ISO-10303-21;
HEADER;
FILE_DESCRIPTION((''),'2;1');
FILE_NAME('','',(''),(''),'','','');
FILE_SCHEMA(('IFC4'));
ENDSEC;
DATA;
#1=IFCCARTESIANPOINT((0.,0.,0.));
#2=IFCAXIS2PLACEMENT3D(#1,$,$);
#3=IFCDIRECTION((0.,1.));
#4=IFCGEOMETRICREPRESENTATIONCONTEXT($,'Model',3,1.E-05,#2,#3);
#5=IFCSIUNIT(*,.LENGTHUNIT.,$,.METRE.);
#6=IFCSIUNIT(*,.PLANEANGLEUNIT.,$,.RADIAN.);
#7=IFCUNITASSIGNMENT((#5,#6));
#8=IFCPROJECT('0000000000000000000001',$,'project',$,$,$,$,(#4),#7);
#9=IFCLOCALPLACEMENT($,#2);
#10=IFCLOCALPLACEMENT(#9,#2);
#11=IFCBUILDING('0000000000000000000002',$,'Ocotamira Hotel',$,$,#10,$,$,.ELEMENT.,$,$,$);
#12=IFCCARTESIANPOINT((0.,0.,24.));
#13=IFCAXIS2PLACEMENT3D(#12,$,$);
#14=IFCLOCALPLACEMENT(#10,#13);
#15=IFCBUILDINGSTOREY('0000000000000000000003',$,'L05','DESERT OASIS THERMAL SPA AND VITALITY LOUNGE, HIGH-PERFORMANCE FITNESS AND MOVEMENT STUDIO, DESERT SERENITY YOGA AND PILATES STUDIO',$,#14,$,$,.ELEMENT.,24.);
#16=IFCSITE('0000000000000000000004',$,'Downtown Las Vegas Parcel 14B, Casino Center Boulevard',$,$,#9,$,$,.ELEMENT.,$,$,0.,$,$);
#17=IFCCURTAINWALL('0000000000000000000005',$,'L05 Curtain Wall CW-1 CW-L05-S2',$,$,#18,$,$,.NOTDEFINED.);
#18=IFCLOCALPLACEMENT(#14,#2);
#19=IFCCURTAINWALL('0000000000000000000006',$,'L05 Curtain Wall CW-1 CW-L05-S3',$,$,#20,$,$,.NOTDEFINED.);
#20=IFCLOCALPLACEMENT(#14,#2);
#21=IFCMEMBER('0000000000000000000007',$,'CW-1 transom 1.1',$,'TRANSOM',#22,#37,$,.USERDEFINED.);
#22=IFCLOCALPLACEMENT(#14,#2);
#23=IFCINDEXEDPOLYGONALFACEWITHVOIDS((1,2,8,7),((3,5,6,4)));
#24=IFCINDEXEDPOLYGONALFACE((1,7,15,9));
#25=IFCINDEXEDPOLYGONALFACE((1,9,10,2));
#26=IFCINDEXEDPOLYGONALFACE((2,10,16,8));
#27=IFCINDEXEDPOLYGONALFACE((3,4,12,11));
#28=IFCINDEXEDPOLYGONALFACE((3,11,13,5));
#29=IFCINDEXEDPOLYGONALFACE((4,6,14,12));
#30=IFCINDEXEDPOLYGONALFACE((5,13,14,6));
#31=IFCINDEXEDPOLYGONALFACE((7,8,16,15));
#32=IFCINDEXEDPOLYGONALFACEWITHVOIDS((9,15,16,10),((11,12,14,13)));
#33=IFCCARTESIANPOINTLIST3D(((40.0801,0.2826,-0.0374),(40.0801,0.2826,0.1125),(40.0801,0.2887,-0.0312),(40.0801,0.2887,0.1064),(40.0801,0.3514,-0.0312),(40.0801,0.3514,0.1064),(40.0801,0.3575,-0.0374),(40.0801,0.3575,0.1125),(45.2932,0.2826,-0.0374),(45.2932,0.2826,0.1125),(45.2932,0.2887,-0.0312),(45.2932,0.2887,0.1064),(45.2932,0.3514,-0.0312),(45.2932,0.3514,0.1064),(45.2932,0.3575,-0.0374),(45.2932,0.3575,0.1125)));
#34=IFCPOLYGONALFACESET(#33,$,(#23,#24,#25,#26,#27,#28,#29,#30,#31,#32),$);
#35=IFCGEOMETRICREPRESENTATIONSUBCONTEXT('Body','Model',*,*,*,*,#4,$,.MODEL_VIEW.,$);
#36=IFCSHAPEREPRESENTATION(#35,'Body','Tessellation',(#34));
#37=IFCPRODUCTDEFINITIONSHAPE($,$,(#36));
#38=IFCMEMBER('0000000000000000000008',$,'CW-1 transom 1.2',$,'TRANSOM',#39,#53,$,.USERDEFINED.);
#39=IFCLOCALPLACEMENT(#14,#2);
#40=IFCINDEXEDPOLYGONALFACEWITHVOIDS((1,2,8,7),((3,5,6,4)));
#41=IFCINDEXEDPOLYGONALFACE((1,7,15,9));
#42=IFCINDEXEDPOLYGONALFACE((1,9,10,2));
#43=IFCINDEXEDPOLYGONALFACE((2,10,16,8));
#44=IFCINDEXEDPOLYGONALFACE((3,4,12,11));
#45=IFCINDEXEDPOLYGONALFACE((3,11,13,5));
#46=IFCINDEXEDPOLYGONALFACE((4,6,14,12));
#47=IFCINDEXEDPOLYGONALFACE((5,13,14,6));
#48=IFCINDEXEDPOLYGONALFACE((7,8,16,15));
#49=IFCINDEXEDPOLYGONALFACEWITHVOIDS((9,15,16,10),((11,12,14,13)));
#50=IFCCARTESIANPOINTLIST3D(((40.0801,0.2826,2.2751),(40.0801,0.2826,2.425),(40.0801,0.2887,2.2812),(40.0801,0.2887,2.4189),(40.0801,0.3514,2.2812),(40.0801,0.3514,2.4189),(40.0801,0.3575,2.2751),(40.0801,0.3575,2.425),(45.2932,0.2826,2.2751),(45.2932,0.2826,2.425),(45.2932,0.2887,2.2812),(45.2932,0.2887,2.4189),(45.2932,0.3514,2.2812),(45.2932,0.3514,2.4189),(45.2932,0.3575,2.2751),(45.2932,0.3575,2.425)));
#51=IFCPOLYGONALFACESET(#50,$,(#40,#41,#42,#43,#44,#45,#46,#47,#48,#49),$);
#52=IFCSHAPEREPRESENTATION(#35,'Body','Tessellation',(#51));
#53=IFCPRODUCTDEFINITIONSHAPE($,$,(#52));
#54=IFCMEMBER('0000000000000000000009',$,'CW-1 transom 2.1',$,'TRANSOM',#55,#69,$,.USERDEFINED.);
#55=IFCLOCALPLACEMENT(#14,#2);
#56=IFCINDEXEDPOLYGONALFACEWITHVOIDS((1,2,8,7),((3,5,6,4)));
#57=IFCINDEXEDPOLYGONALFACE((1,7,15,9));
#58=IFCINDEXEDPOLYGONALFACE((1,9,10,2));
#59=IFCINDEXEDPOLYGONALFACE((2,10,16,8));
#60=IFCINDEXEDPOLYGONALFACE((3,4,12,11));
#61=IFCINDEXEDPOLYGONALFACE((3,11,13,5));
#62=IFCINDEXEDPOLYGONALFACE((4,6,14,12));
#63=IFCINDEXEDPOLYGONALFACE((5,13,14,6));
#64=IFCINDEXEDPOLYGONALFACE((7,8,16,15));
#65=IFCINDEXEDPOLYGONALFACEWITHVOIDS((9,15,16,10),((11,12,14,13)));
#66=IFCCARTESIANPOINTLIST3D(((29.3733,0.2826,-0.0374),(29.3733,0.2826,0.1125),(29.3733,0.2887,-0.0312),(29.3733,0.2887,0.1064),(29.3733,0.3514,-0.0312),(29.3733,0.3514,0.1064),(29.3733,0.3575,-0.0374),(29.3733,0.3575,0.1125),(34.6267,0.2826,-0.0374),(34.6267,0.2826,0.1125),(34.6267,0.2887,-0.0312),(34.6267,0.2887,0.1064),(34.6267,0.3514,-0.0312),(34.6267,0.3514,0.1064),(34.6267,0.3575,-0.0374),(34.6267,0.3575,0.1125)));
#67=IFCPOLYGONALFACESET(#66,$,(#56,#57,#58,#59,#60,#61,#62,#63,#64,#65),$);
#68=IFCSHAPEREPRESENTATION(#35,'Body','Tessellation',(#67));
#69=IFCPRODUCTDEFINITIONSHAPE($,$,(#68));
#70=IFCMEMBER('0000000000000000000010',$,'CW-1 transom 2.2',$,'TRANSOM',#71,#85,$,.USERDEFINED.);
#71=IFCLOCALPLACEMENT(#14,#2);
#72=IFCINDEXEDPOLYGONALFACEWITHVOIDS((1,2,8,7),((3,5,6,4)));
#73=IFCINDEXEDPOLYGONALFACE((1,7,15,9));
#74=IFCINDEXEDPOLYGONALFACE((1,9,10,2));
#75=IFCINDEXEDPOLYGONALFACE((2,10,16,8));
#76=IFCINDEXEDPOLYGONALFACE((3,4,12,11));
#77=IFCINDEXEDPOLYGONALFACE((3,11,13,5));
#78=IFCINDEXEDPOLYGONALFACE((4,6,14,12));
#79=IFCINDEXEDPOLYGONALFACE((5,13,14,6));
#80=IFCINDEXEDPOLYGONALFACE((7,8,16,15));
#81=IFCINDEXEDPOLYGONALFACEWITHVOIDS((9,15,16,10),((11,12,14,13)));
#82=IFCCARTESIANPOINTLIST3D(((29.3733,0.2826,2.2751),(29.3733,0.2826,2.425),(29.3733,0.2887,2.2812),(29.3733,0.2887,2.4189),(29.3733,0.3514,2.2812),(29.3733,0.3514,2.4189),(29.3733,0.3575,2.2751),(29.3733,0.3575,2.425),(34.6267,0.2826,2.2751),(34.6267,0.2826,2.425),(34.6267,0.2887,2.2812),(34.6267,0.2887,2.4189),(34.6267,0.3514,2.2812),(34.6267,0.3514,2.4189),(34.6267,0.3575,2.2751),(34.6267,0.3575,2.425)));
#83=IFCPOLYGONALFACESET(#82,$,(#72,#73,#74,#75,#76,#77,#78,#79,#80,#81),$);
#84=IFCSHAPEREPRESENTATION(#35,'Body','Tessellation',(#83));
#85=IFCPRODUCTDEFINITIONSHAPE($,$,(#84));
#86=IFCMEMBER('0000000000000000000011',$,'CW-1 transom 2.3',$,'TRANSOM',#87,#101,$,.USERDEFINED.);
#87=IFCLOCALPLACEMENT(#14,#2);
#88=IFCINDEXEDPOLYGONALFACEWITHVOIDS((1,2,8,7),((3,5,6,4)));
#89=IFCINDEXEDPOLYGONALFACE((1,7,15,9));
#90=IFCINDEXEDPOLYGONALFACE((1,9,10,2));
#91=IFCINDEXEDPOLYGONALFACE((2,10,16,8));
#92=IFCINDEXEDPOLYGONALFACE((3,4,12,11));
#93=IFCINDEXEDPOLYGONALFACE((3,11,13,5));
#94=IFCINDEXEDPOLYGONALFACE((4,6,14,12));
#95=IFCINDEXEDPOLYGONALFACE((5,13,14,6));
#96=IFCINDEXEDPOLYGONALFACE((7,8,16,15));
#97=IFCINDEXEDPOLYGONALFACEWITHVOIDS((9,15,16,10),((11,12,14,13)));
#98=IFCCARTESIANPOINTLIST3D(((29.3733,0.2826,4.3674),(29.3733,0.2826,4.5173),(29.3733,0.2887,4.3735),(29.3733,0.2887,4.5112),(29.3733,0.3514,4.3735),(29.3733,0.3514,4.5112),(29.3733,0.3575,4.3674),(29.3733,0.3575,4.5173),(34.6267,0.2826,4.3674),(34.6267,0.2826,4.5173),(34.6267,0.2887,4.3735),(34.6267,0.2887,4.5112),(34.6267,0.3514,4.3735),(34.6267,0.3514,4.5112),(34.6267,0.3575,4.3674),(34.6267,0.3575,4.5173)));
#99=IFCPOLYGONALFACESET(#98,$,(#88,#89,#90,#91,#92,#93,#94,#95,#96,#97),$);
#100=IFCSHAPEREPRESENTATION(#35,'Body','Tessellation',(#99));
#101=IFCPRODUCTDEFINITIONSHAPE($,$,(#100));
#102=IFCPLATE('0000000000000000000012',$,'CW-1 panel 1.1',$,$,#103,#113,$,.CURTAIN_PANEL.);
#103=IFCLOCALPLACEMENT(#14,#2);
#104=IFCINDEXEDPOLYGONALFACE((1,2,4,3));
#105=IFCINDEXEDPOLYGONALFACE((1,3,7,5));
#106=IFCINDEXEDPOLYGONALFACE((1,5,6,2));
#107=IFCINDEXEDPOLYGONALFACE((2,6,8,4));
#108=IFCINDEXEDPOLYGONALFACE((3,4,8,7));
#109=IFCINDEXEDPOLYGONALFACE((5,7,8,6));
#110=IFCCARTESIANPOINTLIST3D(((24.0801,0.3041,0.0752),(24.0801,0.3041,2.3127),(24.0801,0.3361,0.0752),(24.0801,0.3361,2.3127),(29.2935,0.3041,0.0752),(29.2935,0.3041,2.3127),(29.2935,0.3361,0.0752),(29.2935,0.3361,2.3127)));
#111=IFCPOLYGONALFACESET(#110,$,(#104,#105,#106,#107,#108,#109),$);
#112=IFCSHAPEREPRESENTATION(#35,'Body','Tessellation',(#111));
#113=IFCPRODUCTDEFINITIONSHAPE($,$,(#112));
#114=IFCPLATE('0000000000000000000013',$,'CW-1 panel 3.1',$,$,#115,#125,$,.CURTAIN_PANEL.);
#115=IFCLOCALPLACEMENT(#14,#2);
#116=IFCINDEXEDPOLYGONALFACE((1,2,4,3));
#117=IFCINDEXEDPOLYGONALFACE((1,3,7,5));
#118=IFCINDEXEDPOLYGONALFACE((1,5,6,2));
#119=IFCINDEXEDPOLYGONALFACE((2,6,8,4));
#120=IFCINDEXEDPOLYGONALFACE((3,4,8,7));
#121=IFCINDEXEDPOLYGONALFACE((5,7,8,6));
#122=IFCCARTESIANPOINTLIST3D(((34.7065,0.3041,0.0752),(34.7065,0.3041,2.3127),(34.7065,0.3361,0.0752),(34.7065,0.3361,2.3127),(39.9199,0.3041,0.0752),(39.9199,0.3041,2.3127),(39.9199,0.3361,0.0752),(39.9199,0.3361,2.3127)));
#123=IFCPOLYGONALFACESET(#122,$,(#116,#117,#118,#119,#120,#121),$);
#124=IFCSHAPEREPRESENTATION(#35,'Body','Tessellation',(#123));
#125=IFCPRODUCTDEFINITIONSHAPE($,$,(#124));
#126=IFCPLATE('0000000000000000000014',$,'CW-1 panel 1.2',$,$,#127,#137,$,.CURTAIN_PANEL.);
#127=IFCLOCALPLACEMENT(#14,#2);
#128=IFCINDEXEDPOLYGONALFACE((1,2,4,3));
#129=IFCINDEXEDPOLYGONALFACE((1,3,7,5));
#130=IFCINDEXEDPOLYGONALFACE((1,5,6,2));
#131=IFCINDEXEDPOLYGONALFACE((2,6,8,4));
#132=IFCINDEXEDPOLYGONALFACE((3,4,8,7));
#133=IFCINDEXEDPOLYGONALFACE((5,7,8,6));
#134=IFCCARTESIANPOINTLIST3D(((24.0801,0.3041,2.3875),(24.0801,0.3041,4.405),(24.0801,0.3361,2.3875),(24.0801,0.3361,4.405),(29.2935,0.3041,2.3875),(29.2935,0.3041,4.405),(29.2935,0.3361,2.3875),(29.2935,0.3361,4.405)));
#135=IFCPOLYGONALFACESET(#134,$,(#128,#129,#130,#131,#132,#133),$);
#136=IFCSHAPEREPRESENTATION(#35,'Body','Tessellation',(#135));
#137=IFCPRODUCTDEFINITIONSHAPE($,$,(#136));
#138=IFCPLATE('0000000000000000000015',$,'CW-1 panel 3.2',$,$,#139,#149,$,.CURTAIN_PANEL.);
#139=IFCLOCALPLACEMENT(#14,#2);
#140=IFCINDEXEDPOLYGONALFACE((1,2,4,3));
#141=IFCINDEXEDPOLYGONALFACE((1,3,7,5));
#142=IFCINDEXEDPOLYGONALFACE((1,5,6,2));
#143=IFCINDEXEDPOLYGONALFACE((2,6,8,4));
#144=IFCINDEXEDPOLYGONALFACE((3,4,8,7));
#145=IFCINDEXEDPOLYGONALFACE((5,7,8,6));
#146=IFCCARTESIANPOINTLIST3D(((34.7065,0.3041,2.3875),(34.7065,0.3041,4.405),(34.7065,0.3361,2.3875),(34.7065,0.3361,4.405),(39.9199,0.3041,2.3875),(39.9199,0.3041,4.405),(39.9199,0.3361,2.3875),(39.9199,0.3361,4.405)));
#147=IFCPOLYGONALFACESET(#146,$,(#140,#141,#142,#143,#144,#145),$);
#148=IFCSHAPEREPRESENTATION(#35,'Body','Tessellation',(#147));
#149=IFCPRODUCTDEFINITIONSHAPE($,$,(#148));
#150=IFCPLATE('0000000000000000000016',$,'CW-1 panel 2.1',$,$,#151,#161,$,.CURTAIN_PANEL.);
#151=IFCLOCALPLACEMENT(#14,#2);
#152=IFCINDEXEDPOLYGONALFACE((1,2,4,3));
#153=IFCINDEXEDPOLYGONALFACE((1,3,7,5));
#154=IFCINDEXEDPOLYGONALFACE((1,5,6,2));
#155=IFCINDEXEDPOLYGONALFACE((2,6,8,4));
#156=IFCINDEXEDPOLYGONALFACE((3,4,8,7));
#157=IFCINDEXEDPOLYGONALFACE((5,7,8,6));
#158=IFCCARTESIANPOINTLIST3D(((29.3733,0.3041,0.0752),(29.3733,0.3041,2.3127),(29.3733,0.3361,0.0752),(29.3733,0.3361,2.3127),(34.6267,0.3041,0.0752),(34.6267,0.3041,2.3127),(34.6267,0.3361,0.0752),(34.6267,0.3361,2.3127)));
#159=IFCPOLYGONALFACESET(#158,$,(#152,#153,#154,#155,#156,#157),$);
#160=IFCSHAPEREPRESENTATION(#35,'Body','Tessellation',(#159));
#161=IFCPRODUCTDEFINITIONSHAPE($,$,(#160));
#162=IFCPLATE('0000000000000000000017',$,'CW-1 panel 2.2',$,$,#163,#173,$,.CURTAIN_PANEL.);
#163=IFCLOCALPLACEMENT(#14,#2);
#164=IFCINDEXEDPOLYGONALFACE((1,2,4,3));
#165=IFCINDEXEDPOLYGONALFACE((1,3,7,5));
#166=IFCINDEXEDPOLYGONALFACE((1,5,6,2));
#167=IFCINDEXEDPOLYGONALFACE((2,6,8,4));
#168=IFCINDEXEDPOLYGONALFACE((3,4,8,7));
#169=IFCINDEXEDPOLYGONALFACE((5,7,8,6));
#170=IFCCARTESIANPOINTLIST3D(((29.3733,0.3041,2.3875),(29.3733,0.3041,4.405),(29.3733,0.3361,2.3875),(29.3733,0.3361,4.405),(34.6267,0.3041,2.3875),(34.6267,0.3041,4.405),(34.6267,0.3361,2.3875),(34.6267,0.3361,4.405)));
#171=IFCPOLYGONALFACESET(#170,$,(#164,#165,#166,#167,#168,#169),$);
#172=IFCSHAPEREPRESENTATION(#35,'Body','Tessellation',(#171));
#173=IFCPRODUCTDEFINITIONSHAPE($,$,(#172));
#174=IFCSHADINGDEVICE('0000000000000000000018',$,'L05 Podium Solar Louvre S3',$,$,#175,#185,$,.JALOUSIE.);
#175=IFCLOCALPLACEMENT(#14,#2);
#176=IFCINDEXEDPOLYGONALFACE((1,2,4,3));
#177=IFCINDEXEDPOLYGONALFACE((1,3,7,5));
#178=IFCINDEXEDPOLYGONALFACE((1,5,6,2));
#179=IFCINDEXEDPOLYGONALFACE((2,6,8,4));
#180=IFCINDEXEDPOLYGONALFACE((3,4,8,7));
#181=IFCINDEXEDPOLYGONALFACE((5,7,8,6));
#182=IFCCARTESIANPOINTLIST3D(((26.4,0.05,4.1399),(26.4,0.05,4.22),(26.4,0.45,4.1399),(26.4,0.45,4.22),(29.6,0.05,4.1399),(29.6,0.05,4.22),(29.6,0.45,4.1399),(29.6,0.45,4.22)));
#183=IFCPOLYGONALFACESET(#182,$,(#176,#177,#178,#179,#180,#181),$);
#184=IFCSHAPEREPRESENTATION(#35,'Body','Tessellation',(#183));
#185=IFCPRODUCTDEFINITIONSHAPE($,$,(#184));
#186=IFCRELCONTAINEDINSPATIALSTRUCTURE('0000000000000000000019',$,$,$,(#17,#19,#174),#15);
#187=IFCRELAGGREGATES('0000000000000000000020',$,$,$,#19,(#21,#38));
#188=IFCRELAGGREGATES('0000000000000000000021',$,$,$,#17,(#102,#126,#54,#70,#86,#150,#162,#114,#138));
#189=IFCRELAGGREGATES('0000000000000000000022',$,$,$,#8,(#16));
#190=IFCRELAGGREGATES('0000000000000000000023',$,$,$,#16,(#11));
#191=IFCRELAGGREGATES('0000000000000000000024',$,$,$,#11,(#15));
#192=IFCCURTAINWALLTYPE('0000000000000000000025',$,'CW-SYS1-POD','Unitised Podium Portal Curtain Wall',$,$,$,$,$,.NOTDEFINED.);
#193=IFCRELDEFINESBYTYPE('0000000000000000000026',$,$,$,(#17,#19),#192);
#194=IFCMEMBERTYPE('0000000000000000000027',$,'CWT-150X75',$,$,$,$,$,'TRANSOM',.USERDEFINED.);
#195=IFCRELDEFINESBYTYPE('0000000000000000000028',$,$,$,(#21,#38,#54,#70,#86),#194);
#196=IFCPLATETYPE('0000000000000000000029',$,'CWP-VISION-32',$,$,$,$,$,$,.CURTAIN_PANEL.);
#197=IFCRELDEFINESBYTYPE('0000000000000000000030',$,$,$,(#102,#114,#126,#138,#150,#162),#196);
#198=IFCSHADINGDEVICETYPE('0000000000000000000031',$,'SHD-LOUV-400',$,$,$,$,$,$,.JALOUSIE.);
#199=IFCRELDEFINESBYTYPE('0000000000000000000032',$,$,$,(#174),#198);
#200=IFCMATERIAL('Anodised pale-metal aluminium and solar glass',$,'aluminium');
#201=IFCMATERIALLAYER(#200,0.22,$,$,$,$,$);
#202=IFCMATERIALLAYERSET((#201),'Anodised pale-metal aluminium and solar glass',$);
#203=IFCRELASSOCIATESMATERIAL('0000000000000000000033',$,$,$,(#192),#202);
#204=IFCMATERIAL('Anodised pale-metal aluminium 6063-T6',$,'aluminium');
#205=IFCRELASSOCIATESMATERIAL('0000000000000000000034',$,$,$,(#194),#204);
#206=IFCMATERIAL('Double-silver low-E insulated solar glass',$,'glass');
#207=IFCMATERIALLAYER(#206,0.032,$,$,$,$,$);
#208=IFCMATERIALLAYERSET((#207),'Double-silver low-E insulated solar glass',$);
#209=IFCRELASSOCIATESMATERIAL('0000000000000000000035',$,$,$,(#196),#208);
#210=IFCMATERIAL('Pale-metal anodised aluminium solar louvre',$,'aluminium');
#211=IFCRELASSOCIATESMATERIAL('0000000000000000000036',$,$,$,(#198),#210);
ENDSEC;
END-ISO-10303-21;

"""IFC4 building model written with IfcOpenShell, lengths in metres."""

from ifc_helpers import new_model, si_unit, direction, frame, origin, origin_2d, place, context, subcontext, project, spatial, rectangle, hollow_rectangle, extrude, source, transform, mapped, material, layer, layer_set, material_profile, profile_set, type_object, element, aggregate, save


model = new_model("IFC4")

# Units and contexts
model_context = context("Model", 3, precision=1e-05, world=origin(), true_north=direction((0.0, 1.0)))
body_context = subcontext(model_context, "Body", "Model", "MODEL_VIEW")
ifc_project = project(units=[si_unit("LENGTHUNIT", "METRE"), si_unit("PLANEANGLEUNIT", "RADIAN")], contexts=[model_context])

# Site, building, storey
site_placement = place(None, origin())
site = spatial("IfcSite", under=ifc_project, at=site_placement, Name="Downtown Las Vegas Parcel 14B, Casino Center Boulevard", CompositionType="ELEMENT", RefElevation=0.0)
building_placement = place(site_placement, origin())
building = spatial("IfcBuilding", under=site, at=building_placement, Name="Ocotamira Hotel", CompositionType="ELEMENT")
storey_placement = place(building_placement, frame((0.0, 0.0, 24.0)))
storey = spatial("IfcBuildingStorey", under=building, at=storey_placement, Name="L05", Description="DESERT OASIS THERMAL SPA AND VITALITY LOUNGE, HIGH-PERFORMANCE FITNESS AND MOVEMENT STUDIO, DESERT SERENITY YOGA AND PILATES STUDIO", CompositionType="ELEMENT", Elevation=24.0)

# Curtain wall
ifc_material_1 = material(Name="Anodised pale-metal aluminium and solar glass", Category="aluminium")
ifc_layer_1 = layer(ifc_material_1, 0.22)
ifc_layer_set_1 = layer_set([ifc_layer_1], Name="Anodised pale-metal aluminium and solar glass")
curtain_wall_type = type_object("IfcCurtainWallType", Name="CW-SYS1-POD", Description="Unitised Podium Portal Curtain Wall", PredefinedType="NOTDEFINED", material=ifc_layer_set_1)
curtain_wall_1_placement = place(storey_placement, origin())
curtain_wall_1 = element("IfcCurtainWall", 1, at=curtain_wall_1_placement, inside=storey, type_object=curtain_wall_type, Name="L05 Curtain Wall CW-1 CW-L05-S2", PredefinedType="NOTDEFINED")
ifc_material_2 = material(Name="Anodised pale-metal aluminium 6063-T6", Category="aluminium")

# Curtain wall
curtain_wall_2_placement = place(storey_placement, origin())
curtain_wall_2 = element("IfcCurtainWall", 2, at=curtain_wall_2_placement, inside=storey, type_object=curtain_wall_type, Name="L05 Curtain Wall CW-1 CW-L05-S3", PredefinedType="NOTDEFINED")

# Members
ifc_material_profile_1 = material_profile(ifc_material_2, hollow_rectangle(XDim=0.075, YDim=0.1499, WallThickness=0.0061, at=origin_2d()), Name="HSS150X75X6")
ifc_profile_set_1 = profile_set([ifc_material_profile_1], Name="Anodised pale-metal aluminium 6063-T6")
member_type_1 = type_object("IfcMemberType", Name="CWT-150X75", ElementType="TRANSOM", PredefinedType="USERDEFINED", material=ifc_profile_set_1)
shared_shape_1 = source(origin(), body_context, "Body", "SweptSolid", [
    extrude(hollow_rectangle(XDim=0.075, YDim=0.1499, WallThickness=0.0061, at=origin_2d()), origin(), (0.0, 0.0, 1.0), 5.2131),
])
member_1_placement = place(storey_placement, frame((40.0801, 0.3201, 0.0376), z_axis=(1.0, 0.0, 0.0), x_axis=(0.0, 1.0, 0.0)))
member_1 = element("IfcMember", 3, at=member_1_placement, type_object=member_type_1, Name="CW-1 transom 1.1", ObjectType="TRANSOM", PredefinedType="USERDEFINED", context=body_context, shape_type="MappedRepresentation", body=[
    mapped(shared_shape_1, transform((0.0, 0.0, 0.0), scale=1.0)),
])
member_2_placement = place(storey_placement, frame((40.0801, 0.3201, 2.3501), z_axis=(1.0, 0.0, 0.0), x_axis=(0.0, 1.0, 0.0)))
member_2 = element("IfcMember", 4, at=member_2_placement, type_object=member_type_1, Name="CW-1 transom 1.2", ObjectType="TRANSOM", PredefinedType="USERDEFINED", context=body_context, shape_type="MappedRepresentation", body=[
    mapped(shared_shape_1, transform((0.0, 0.0, 0.0), scale=1.0)),
])
aggregate(curtain_wall_2, [member_1, member_2])
shared_shape_2 = source(origin(), body_context, "Body", "SweptSolid", [
    extrude(hollow_rectangle(XDim=0.075, YDim=0.1499, WallThickness=0.0061, at=origin_2d()), origin(), (0.0, 0.0, 1.0), 5.2534),
])
member_3_placement = place(storey_placement, frame((29.3733, 0.3201, 0.0376), z_axis=(1.0, 0.0, 0.0), x_axis=(0.0, 1.0, 0.0)))
member_3 = element("IfcMember", 5, at=member_3_placement, type_object=member_type_1, Name="CW-1 transom 2.1", ObjectType="TRANSOM", PredefinedType="USERDEFINED", context=body_context, shape_type="MappedRepresentation", body=[
    mapped(shared_shape_2, transform((0.0, 0.0, 0.0), scale=1.0)),
])
member_4_placement = place(storey_placement, frame((29.3733, 0.3201, 2.3501), z_axis=(1.0, 0.0, 0.0), x_axis=(0.0, 1.0, 0.0)))
member_4 = element("IfcMember", 6, at=member_4_placement, type_object=member_type_1, Name="CW-1 transom 2.2", ObjectType="TRANSOM", PredefinedType="USERDEFINED", context=body_context, shape_type="MappedRepresentation", body=[
    mapped(shared_shape_2, transform((0.0, 0.0, 0.0), scale=1.0)),
])
member_5_placement = place(storey_placement, frame((29.3733, 0.3201, 4.4424), z_axis=(1.0, 0.0, 0.0), x_axis=(0.0, 1.0, 0.0)))
member_5 = element("IfcMember", 7, at=member_5_placement, type_object=member_type_1, Name="CW-1 transom 2.3", ObjectType="TRANSOM", PredefinedType="USERDEFINED", context=body_context, shape_type="MappedRepresentation", body=[
    mapped(shared_shape_2, transform((0.0, 0.0, 0.0), scale=1.0)),
])

# Plates
ifc_material_3 = material(Name="Double-silver low-E insulated solar glass", Category="glass")
ifc_layer_2 = layer(ifc_material_3, 0.032)
ifc_layer_set_2 = layer_set([ifc_layer_2], Name="Double-silver low-E insulated solar glass")
plate_type = type_object("IfcPlateType", Name="CWP-VISION-32", PredefinedType="CURTAIN_PANEL", material=ifc_layer_set_2)
shared_shape_3 = source(origin(), body_context, "Body", "SweptSolid", [
    extrude(rectangle(XDim=5.2134, YDim=0.032, at=origin_2d()), origin(), (0.0, 0.0, 1.0), 2.2375),
])
plate_1_placement = place(storey_placement, frame((26.6868, 0.3201, 0.0752), z_axis=(0.0, 0.0, 1.0), x_axis=(1.0, 0.0, 0.0)))
plate_1 = element("IfcPlate", 8, at=plate_1_placement, type_object=plate_type, Name="CW-1 panel 1.1", PredefinedType="CURTAIN_PANEL", context=body_context, shape_type="MappedRepresentation", body=[
    mapped(shared_shape_3, transform((0.0, 0.0, 0.0), scale=1.0)),
])
plate_2_placement = place(storey_placement, frame((37.3132, 0.3201, 0.0752), z_axis=(0.0, 0.0, 1.0), x_axis=(1.0, 0.0, 0.0)))
plate_2 = element("IfcPlate", 9, at=plate_2_placement, type_object=plate_type, Name="CW-1 panel 3.1", PredefinedType="CURTAIN_PANEL", context=body_context, shape_type="MappedRepresentation", body=[
    mapped(shared_shape_3, transform((0.0, 0.0, 0.0), scale=1.0)),
])
shared_shape_4 = source(origin(), body_context, "Body", "SweptSolid", [
    extrude(rectangle(XDim=5.2134, YDim=0.032, at=origin_2d()), origin(), (0.0, 0.0, 1.0), 2.0176),
])
plate_3_placement = place(storey_placement, frame((26.6868, 0.3201, 2.3875), z_axis=(0.0, 0.0, 1.0), x_axis=(1.0, 0.0, 0.0)))
plate_3 = element("IfcPlate", 10, at=plate_3_placement, type_object=plate_type, Name="CW-1 panel 1.2", PredefinedType="CURTAIN_PANEL", context=body_context, shape_type="MappedRepresentation", body=[
    mapped(shared_shape_4, transform((0.0, 0.0, 0.0), scale=1.0)),
])
plate_4_placement = place(storey_placement, frame((37.3132, 0.3201, 2.3875), z_axis=(0.0, 0.0, 1.0), x_axis=(1.0, 0.0, 0.0)))
plate_4 = element("IfcPlate", 11, at=plate_4_placement, type_object=plate_type, Name="CW-1 panel 3.2", PredefinedType="CURTAIN_PANEL", context=body_context, shape_type="MappedRepresentation", body=[
    mapped(shared_shape_4, transform((0.0, 0.0, 0.0), scale=1.0)),
])
shared_shape_5 = source(origin(), body_context, "Body", "SweptSolid", [
    extrude(rectangle(XDim=5.2534, YDim=0.032, at=origin_2d()), origin(), (0.0, 0.0, 1.0), 2.2375),
])
plate_5_placement = place(storey_placement, frame((32.0, 0.3201, 0.0752), z_axis=(0.0, 0.0, 1.0), x_axis=(1.0, 0.0, 0.0)))
plate_5 = element("IfcPlate", 12, at=plate_5_placement, type_object=plate_type, Name="CW-1 panel 2.1", PredefinedType="CURTAIN_PANEL", context=body_context, shape_type="MappedRepresentation", body=[
    mapped(shared_shape_5, transform((0.0, 0.0, 0.0), scale=1.0)),
])
shared_shape_6 = source(origin(), body_context, "Body", "SweptSolid", [
    extrude(rectangle(XDim=5.2534, YDim=0.032, at=origin_2d()), origin(), (0.0, 0.0, 1.0), 2.0176),
])
plate_6_placement = place(storey_placement, frame((32.0, 0.3201, 2.3875), z_axis=(0.0, 0.0, 1.0), x_axis=(1.0, 0.0, 0.0)))
plate_6 = element("IfcPlate", 13, at=plate_6_placement, type_object=plate_type, Name="CW-1 panel 2.2", PredefinedType="CURTAIN_PANEL", context=body_context, shape_type="MappedRepresentation", body=[
    mapped(shared_shape_6, transform((0.0, 0.0, 0.0), scale=1.0)),
])
aggregate(curtain_wall_1, [plate_1, plate_3, member_3, member_4, member_5, plate_5, plate_6, plate_2, plate_4])

# Shading device
ifc_material_4 = material(Name="Pale-metal anodised aluminium solar louvre", Category="aluminium")
shading_device_type = type_object("IfcShadingDeviceType", Name="SHD-LOUV-400", PredefinedType="JALOUSIE", material=ifc_material_4)
shared_shape_7 = source(origin(), body_context, "Body", "SweptSolid", [
    extrude(rectangle(XDim=3.2, YDim=0.3999, at=origin_2d()), origin(), (0.0, 0.0, 1.0), 0.0801),
])
for number, where, z_axis, x_axis, name in (
    (14, (28.0, 0.25, 4.1399), (0.0, 0.0, 1.0), (1.0, 0.0, 0.0), "L05 Podium Solar Louvre S3"),
):
    element("IfcShadingDevice", number, at=place(storey_placement, frame(where, z_axis=z_axis, x_axis=x_axis)), inside=storey, type_object=shading_device_type, Name=name, PredefinedType="JALOUSIE", context=body_context, shape_type="MappedRepresentation", body=[
        mapped(shared_shape_7, transform((0.0, 0.0, 0.0), scale=1.0)),
    ])

save(model, "model.ifc")
